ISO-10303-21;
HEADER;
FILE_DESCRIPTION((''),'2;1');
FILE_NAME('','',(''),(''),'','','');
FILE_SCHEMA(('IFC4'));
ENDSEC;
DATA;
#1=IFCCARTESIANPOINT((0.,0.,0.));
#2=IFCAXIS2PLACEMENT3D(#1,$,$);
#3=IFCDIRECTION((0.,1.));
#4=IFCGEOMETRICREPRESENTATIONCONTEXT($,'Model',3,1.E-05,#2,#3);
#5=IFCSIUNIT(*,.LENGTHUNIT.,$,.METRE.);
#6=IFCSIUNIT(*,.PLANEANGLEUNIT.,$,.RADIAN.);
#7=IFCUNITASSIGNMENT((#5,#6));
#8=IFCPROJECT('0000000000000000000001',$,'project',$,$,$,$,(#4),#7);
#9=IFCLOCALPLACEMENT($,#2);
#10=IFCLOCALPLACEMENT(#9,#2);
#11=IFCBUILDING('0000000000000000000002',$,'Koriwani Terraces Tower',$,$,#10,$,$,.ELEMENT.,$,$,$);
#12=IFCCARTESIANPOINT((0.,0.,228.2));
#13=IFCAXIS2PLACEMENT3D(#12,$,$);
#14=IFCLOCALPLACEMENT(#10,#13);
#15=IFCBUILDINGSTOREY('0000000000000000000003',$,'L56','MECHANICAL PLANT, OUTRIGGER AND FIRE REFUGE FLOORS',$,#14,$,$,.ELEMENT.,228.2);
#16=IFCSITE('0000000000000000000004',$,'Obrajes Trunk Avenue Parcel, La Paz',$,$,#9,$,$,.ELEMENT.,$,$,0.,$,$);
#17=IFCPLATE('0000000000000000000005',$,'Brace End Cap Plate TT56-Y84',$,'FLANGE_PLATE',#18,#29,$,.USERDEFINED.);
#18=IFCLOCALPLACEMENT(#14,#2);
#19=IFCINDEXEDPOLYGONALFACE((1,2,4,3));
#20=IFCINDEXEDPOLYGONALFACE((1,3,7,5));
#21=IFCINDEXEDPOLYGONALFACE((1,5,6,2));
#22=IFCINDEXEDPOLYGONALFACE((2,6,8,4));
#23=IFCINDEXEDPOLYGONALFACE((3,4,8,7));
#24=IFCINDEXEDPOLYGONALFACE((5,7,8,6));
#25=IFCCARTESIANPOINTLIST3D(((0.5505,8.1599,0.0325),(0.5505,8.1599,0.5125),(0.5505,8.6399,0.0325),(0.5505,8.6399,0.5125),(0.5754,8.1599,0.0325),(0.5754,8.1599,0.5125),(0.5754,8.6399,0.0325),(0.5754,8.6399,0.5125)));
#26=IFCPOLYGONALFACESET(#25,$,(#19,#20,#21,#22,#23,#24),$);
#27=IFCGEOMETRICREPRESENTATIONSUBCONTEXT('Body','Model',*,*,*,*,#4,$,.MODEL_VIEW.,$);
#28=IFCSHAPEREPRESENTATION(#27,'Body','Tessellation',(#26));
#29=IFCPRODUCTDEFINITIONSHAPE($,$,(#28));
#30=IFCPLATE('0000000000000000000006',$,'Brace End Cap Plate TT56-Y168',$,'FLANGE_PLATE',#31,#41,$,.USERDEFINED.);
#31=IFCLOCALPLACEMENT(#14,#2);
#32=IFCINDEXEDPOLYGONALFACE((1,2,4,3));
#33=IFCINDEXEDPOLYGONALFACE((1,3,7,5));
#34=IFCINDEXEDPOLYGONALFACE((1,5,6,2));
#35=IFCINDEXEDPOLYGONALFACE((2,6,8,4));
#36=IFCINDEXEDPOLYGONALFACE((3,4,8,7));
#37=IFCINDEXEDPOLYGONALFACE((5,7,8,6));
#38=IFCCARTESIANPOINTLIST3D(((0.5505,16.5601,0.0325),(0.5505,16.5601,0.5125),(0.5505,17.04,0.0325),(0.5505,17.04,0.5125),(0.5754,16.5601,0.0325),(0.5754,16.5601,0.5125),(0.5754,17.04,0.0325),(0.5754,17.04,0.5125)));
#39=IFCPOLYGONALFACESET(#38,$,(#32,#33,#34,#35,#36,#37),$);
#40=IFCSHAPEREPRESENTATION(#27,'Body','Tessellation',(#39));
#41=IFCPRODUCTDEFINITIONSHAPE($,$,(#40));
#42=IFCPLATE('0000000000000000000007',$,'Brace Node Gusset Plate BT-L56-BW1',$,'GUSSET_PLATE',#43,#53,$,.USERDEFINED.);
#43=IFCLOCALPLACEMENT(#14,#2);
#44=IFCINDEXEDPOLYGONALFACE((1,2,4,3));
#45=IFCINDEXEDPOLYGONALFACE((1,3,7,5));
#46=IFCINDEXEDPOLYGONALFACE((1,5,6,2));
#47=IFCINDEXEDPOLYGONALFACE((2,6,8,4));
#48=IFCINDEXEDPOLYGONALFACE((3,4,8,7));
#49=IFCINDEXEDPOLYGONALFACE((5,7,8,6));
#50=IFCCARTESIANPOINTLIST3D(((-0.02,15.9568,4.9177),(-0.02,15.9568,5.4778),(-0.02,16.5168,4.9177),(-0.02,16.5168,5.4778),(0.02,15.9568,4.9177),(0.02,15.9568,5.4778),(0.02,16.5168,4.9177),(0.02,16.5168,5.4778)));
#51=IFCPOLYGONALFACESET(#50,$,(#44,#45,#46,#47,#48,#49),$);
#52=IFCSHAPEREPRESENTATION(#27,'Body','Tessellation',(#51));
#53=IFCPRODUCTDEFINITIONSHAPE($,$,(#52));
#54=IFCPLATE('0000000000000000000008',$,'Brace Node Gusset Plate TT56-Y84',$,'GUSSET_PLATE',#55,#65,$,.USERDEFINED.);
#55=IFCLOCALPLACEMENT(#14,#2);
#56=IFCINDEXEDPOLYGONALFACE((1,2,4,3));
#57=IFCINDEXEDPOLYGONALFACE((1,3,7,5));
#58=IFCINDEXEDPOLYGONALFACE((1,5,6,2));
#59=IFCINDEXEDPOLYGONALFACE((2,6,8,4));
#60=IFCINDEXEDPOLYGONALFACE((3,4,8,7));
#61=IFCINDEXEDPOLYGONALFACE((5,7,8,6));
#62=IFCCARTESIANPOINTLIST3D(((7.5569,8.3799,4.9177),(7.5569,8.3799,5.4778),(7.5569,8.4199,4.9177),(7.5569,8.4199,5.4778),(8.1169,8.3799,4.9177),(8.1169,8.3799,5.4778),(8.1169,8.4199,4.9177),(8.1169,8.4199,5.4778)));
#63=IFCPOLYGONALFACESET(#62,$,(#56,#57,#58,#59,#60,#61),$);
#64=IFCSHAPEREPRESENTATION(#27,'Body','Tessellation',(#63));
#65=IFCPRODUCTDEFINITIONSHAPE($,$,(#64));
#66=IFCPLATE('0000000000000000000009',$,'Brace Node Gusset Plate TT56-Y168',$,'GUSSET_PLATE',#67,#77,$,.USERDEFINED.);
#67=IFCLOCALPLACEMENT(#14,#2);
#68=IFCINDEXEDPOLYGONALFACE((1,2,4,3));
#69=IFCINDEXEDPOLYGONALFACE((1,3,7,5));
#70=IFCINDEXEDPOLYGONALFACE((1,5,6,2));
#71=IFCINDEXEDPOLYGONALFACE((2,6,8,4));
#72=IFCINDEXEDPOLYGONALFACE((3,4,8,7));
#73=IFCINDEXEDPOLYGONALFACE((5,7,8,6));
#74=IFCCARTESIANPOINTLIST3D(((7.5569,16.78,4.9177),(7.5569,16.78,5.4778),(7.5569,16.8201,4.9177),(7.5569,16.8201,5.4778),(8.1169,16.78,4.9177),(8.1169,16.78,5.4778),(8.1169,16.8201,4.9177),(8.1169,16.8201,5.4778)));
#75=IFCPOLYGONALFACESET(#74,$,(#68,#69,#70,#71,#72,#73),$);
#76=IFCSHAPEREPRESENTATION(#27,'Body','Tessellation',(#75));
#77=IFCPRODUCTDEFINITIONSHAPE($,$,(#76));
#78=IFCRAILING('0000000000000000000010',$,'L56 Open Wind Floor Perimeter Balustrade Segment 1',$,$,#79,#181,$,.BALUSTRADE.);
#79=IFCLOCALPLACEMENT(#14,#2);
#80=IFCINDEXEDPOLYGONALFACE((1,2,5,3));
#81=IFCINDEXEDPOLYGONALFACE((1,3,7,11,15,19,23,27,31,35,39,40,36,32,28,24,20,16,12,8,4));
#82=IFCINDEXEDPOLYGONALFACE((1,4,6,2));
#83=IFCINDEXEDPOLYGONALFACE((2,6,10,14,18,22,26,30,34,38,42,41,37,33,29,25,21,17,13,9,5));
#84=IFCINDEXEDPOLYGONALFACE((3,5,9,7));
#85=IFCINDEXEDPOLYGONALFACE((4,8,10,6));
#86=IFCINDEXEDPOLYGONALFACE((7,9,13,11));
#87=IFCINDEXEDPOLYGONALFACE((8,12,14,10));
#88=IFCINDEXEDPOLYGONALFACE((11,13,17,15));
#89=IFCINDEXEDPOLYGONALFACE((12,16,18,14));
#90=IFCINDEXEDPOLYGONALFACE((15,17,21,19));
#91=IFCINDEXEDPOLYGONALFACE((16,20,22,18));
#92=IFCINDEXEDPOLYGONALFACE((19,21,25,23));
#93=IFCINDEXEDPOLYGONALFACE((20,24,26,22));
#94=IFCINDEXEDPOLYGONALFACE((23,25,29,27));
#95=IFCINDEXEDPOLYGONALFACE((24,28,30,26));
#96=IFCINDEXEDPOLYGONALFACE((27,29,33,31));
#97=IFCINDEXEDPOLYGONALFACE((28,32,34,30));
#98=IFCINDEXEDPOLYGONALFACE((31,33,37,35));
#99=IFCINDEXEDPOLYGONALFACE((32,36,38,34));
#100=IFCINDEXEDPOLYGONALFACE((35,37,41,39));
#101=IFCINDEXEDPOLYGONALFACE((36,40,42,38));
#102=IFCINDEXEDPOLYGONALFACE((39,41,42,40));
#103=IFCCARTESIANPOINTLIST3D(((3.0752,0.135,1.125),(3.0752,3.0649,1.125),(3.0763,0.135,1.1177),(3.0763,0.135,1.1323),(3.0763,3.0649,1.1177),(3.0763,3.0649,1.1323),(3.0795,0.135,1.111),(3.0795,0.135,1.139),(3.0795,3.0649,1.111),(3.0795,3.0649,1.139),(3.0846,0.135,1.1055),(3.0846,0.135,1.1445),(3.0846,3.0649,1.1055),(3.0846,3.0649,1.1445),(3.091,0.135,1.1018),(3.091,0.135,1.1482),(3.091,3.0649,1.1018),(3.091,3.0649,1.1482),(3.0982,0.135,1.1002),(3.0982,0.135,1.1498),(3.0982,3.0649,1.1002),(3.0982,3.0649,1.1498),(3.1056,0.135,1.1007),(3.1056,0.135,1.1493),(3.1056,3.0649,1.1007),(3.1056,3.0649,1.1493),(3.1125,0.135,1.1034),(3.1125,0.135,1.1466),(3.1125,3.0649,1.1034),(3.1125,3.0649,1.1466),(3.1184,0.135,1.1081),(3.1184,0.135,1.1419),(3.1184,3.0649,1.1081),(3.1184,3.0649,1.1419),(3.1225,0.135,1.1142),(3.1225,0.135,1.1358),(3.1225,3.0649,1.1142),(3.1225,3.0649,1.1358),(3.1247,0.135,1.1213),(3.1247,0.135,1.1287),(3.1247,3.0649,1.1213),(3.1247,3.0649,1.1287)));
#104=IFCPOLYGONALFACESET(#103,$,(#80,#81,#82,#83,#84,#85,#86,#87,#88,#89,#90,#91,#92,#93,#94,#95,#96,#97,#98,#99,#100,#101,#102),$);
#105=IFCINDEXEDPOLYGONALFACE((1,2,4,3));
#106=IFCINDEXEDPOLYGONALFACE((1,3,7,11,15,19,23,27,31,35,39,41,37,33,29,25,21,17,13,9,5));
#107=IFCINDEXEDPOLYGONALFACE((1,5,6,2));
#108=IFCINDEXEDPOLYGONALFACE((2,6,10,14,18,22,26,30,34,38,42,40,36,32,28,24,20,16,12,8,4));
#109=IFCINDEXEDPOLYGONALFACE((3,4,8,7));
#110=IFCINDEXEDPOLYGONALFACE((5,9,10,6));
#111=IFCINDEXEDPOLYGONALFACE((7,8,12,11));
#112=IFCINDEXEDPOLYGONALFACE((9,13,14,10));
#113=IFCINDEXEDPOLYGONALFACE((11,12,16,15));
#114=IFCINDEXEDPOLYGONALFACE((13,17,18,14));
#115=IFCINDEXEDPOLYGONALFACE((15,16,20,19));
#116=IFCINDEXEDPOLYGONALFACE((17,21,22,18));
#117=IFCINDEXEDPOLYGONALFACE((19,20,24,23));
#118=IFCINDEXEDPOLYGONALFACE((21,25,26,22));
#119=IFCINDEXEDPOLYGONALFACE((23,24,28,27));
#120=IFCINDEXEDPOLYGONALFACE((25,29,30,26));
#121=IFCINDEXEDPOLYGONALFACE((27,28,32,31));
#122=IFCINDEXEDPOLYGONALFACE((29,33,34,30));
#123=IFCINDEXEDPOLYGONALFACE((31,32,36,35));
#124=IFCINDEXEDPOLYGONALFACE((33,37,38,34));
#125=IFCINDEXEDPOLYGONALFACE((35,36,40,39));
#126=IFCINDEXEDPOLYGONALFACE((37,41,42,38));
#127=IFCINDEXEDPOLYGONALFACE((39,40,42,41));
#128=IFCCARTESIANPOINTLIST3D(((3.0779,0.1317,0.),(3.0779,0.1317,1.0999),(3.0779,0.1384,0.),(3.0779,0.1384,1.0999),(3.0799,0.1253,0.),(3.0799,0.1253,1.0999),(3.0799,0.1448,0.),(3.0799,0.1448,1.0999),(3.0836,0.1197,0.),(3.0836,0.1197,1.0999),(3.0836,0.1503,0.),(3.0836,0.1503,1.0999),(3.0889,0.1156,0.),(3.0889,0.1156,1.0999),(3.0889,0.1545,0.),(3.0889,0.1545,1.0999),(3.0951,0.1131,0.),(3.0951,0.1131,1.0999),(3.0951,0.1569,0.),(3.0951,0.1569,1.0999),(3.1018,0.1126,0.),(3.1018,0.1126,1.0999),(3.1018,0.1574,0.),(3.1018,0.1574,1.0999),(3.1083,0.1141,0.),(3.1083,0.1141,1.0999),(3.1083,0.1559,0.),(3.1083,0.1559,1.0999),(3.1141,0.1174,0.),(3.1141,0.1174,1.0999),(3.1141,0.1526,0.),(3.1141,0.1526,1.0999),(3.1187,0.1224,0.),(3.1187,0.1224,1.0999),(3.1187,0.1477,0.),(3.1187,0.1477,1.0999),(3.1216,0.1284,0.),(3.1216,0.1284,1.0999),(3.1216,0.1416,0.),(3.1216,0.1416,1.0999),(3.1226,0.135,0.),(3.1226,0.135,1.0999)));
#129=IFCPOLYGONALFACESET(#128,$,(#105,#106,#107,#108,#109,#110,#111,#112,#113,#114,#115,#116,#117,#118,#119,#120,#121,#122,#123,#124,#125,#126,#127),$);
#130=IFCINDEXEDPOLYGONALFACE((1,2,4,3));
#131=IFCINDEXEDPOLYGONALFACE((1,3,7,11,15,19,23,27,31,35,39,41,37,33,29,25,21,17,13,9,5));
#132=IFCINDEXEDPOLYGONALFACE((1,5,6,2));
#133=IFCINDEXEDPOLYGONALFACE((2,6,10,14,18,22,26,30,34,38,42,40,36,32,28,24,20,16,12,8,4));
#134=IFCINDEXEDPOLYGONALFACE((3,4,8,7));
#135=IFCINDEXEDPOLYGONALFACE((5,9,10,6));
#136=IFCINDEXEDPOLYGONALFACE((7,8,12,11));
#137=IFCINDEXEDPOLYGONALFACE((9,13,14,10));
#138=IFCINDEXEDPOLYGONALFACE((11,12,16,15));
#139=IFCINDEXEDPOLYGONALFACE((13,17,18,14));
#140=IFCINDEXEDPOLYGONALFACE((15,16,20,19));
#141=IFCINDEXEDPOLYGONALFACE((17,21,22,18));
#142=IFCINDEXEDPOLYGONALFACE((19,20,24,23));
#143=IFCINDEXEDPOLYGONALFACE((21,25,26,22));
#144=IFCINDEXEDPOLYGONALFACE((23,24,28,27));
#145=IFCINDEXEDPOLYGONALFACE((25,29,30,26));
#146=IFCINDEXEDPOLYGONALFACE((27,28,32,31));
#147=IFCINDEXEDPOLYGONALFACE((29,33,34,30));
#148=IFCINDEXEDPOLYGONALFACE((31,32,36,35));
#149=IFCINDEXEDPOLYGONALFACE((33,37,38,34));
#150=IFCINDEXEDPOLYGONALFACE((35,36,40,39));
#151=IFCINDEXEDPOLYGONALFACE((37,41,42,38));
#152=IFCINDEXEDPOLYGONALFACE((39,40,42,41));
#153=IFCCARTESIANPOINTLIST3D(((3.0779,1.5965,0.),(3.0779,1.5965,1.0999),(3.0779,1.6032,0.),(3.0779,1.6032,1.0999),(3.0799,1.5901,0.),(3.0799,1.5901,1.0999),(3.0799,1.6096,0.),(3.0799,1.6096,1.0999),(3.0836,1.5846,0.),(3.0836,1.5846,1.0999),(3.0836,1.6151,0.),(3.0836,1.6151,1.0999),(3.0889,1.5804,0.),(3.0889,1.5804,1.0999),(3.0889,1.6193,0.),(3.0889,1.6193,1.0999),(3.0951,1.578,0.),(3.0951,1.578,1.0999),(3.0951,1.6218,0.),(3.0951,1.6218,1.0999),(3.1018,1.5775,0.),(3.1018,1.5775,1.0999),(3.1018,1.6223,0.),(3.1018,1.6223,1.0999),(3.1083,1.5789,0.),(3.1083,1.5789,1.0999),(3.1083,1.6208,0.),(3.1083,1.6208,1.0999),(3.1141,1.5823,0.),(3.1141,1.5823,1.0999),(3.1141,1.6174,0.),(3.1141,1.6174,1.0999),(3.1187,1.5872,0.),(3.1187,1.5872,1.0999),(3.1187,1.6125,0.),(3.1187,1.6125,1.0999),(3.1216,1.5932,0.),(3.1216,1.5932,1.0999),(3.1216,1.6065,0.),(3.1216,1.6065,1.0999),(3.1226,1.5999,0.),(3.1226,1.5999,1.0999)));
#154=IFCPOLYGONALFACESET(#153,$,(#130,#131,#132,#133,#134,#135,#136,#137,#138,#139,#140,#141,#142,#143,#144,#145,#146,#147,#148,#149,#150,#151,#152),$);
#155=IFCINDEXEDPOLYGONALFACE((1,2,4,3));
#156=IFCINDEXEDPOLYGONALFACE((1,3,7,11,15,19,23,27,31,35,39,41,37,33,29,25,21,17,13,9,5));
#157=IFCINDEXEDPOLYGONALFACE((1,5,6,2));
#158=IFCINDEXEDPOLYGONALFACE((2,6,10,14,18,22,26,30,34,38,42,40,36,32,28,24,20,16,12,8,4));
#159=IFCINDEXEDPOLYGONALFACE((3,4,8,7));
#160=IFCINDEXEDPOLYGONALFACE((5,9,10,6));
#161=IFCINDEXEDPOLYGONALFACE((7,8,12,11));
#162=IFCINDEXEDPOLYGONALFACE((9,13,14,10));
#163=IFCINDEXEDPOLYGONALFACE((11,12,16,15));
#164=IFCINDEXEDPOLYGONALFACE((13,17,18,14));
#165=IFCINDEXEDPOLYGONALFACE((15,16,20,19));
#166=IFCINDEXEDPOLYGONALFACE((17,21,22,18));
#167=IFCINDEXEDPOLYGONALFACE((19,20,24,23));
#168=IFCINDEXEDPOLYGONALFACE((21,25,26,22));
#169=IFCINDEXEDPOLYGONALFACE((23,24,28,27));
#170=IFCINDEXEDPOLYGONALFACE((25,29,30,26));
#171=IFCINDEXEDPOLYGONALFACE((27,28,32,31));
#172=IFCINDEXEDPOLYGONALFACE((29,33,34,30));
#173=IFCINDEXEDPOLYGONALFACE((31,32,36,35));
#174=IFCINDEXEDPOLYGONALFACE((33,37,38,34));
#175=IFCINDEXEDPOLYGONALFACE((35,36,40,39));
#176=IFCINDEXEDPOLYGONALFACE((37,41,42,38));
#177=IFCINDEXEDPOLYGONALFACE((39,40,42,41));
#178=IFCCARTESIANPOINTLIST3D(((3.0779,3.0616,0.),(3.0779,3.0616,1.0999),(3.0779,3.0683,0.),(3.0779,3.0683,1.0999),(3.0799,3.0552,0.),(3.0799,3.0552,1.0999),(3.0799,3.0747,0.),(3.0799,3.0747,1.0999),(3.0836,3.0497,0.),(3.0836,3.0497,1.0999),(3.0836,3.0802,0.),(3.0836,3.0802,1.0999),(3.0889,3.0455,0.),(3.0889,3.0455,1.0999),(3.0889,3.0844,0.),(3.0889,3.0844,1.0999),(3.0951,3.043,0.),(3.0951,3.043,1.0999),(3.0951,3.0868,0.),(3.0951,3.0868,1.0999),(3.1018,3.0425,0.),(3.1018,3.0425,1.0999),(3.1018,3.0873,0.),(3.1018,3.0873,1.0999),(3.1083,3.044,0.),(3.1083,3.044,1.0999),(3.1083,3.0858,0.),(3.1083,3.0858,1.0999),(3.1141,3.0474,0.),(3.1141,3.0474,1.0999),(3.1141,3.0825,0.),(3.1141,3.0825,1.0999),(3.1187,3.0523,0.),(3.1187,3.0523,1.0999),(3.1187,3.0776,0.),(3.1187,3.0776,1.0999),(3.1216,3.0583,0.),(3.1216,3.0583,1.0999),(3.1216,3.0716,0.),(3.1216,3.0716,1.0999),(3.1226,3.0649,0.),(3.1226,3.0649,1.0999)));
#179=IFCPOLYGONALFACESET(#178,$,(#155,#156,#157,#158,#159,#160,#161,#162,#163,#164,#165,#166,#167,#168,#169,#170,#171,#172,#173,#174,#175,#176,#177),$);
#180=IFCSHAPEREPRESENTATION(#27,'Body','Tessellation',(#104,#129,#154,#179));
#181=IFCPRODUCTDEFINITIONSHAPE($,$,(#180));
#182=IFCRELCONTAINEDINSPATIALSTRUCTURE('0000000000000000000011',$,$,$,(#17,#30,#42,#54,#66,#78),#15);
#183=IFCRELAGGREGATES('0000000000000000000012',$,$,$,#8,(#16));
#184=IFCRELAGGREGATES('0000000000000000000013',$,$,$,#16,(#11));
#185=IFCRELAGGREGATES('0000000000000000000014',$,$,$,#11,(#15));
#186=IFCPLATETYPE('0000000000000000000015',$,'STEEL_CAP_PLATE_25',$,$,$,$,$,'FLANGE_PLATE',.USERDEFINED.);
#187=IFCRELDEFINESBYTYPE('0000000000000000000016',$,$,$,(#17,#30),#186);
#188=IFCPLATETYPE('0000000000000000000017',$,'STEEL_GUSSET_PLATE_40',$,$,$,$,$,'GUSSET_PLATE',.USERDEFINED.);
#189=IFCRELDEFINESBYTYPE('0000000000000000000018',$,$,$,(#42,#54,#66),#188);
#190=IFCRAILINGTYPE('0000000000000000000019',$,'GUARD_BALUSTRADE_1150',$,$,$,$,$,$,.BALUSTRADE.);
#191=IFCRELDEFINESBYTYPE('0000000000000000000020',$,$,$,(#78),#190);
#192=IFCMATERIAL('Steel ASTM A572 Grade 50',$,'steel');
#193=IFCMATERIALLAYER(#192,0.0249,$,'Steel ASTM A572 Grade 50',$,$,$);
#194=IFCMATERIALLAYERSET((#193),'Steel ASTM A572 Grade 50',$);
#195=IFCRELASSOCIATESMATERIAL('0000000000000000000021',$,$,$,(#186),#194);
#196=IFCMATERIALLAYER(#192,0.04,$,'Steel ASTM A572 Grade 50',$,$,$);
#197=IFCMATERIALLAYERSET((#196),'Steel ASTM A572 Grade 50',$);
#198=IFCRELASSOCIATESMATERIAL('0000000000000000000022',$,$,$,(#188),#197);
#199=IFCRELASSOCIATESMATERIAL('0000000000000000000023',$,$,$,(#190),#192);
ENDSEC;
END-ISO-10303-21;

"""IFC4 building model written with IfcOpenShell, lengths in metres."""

from ifc_helpers import new_model, si_unit, direction, frame, origin, origin_2d, place, context, subcontext, project, spatial, rectangle, circle, extrude, material, layer, layer_set, type_object, element, save


model = new_model("IFC4")

# Units and contexts
model_context = context("Model", 3, precision=1e-05, world=origin(), true_north=direction((0.0, 1.0)))
body_context = subcontext(model_context, "Body", "Model", "MODEL_VIEW")
ifc_project = project(units=[si_unit("LENGTHUNIT", "METRE"), si_unit("PLANEANGLEUNIT", "RADIAN")], contexts=[model_context])

# Site, building, storey
site_placement = place(None, origin())
site = spatial("IfcSite", under=ifc_project, at=site_placement, Name="Obrajes Trunk Avenue Parcel, La Paz", CompositionType="ELEMENT", RefElevation=0.0)
building_placement = place(site_placement, origin())
building = spatial("IfcBuilding", under=site, at=building_placement, Name="Koriwani Terraces Tower", CompositionType="ELEMENT")
storey_placement = place(building_placement, frame((0.0, 0.0, 228.2)))
storey = spatial("IfcBuildingStorey", under=building, at=storey_placement, Name="L56", Description="MECHANICAL PLANT, OUTRIGGER AND FIRE REFUGE FLOORS", CompositionType="ELEMENT", Elevation=228.2)

# Shared definitions
ifc_material_1 = material(Name="Steel ASTM A572 Grade 50", Category="steel")

# Plates
ifc_layer_1 = layer(ifc_material_1, 0.0249, Name="Steel ASTM A572 Grade 50")
ifc_layer_set_1 = layer_set([ifc_layer_1], Name="Steel ASTM A572 Grade 50")
plate_type_1 = type_object("IfcPlateType", Name="STEEL_CAP_PLATE_25", ElementType="FLANGE_PLATE", PredefinedType="USERDEFINED", material=ifc_layer_set_1)
for number, where, z_axis, x_axis, name in (
    (1, (0.563, 8.3999, 0.0325), (0.0, 0.0, 1.0), (1.0, 0.0, 0.0), "Brace End Cap Plate TT56-Y84"),
    (2, (0.563, 16.8, 0.0325), (0.0, 0.0, 1.0), (1.0, 0.0, 0.0), "Brace End Cap Plate TT56-Y168"),
):
    element("IfcPlate", number, at=place(storey_placement, frame(where, z_axis=z_axis, x_axis=x_axis)), inside=storey, type_object=plate_type_1, Name=name, ObjectType="FLANGE_PLATE", PredefinedType="USERDEFINED", context=body_context, shape_type="SweptSolid", body=[
        extrude(rectangle(XDim=0.0249, YDim=0.48, at=origin_2d()), origin(), (0.0, 0.0, 1.0), 0.48),
    ])
ifc_layer_2 = layer(ifc_material_1, 0.04, Name="Steel ASTM A572 Grade 50")
ifc_layer_set_2 = layer_set([ifc_layer_2], Name="Steel ASTM A572 Grade 50")
plate_type_2 = type_object("IfcPlateType", Name="STEEL_GUSSET_PLATE_40", ElementType="GUSSET_PLATE", PredefinedType="USERDEFINED", material=ifc_layer_set_2)
for number, where, z_axis, x_axis, name in (
    (3, (0.0, 16.2368, 4.9177), (0.0, 0.0, 1.0), (0.0, 1.0, 0.0), "Brace Node Gusset Plate BT-L56-BW1"),
    (4, (7.8369, 8.3999, 4.9177), (0.0, 0.0, 1.0), (1.0, 0.0, 0.0), "Brace Node Gusset Plate TT56-Y84"),
    (5, (7.8369, 16.8, 4.9177), (0.0, 0.0, 1.0), (1.0, 0.0, 0.0), "Brace Node Gusset Plate TT56-Y168"),
):
    element("IfcPlate", number, at=place(storey_placement, frame(where, z_axis=z_axis, x_axis=x_axis)), inside=storey, type_object=plate_type_2, Name=name, ObjectType="GUSSET_PLATE", PredefinedType="USERDEFINED", context=body_context, shape_type="SweptSolid", body=[
        extrude(rectangle(XDim=0.5601, YDim=0.04, at=origin_2d()), origin(), (0.0, 0.0, 1.0), 0.5601),
    ])

# Railing
railing_type = type_object("IfcRailingType", Name="GUARD_BALUSTRADE_1150", PredefinedType="BALUSTRADE", material=ifc_material_1)
railing_1_placement = place(storey_placement, frame((3.1001, 0.135, 0.0)))
element("IfcRailing", 6, at=railing_1_placement, inside=storey, type_object=railing_type, Name="L56 Open Wind Floor Perimeter Balustrade Segment 1", PredefinedType="BALUSTRADE", context=body_context, shape_type="SweptSolid", body=[
    extrude(circle(Radius=0.0249, at=origin_2d()), frame((0.0, 0.0, 1.125), z_axis=(0.0, 1.0, 0.0), x_axis=(-1.0, 0.0, 0.0)), (0.0, 0.0, 1.0), 2.9299),
    extrude(circle(Radius=0.0225, at=origin_2d()), origin(), (0.0, 0.0, 1.0), 1.0999),
    extrude(circle(Radius=0.0225, at=origin_2d()), frame((0.0, 1.4648, 0.0)), (0.0, 0.0, 1.0), 1.0999),
    extrude(circle(Radius=0.0225, at=origin_2d()), frame((0.0, 2.9299, 0.0)), (0.0, 0.0, 1.0), 1.0999),
])

save(model, "model.ifc")
